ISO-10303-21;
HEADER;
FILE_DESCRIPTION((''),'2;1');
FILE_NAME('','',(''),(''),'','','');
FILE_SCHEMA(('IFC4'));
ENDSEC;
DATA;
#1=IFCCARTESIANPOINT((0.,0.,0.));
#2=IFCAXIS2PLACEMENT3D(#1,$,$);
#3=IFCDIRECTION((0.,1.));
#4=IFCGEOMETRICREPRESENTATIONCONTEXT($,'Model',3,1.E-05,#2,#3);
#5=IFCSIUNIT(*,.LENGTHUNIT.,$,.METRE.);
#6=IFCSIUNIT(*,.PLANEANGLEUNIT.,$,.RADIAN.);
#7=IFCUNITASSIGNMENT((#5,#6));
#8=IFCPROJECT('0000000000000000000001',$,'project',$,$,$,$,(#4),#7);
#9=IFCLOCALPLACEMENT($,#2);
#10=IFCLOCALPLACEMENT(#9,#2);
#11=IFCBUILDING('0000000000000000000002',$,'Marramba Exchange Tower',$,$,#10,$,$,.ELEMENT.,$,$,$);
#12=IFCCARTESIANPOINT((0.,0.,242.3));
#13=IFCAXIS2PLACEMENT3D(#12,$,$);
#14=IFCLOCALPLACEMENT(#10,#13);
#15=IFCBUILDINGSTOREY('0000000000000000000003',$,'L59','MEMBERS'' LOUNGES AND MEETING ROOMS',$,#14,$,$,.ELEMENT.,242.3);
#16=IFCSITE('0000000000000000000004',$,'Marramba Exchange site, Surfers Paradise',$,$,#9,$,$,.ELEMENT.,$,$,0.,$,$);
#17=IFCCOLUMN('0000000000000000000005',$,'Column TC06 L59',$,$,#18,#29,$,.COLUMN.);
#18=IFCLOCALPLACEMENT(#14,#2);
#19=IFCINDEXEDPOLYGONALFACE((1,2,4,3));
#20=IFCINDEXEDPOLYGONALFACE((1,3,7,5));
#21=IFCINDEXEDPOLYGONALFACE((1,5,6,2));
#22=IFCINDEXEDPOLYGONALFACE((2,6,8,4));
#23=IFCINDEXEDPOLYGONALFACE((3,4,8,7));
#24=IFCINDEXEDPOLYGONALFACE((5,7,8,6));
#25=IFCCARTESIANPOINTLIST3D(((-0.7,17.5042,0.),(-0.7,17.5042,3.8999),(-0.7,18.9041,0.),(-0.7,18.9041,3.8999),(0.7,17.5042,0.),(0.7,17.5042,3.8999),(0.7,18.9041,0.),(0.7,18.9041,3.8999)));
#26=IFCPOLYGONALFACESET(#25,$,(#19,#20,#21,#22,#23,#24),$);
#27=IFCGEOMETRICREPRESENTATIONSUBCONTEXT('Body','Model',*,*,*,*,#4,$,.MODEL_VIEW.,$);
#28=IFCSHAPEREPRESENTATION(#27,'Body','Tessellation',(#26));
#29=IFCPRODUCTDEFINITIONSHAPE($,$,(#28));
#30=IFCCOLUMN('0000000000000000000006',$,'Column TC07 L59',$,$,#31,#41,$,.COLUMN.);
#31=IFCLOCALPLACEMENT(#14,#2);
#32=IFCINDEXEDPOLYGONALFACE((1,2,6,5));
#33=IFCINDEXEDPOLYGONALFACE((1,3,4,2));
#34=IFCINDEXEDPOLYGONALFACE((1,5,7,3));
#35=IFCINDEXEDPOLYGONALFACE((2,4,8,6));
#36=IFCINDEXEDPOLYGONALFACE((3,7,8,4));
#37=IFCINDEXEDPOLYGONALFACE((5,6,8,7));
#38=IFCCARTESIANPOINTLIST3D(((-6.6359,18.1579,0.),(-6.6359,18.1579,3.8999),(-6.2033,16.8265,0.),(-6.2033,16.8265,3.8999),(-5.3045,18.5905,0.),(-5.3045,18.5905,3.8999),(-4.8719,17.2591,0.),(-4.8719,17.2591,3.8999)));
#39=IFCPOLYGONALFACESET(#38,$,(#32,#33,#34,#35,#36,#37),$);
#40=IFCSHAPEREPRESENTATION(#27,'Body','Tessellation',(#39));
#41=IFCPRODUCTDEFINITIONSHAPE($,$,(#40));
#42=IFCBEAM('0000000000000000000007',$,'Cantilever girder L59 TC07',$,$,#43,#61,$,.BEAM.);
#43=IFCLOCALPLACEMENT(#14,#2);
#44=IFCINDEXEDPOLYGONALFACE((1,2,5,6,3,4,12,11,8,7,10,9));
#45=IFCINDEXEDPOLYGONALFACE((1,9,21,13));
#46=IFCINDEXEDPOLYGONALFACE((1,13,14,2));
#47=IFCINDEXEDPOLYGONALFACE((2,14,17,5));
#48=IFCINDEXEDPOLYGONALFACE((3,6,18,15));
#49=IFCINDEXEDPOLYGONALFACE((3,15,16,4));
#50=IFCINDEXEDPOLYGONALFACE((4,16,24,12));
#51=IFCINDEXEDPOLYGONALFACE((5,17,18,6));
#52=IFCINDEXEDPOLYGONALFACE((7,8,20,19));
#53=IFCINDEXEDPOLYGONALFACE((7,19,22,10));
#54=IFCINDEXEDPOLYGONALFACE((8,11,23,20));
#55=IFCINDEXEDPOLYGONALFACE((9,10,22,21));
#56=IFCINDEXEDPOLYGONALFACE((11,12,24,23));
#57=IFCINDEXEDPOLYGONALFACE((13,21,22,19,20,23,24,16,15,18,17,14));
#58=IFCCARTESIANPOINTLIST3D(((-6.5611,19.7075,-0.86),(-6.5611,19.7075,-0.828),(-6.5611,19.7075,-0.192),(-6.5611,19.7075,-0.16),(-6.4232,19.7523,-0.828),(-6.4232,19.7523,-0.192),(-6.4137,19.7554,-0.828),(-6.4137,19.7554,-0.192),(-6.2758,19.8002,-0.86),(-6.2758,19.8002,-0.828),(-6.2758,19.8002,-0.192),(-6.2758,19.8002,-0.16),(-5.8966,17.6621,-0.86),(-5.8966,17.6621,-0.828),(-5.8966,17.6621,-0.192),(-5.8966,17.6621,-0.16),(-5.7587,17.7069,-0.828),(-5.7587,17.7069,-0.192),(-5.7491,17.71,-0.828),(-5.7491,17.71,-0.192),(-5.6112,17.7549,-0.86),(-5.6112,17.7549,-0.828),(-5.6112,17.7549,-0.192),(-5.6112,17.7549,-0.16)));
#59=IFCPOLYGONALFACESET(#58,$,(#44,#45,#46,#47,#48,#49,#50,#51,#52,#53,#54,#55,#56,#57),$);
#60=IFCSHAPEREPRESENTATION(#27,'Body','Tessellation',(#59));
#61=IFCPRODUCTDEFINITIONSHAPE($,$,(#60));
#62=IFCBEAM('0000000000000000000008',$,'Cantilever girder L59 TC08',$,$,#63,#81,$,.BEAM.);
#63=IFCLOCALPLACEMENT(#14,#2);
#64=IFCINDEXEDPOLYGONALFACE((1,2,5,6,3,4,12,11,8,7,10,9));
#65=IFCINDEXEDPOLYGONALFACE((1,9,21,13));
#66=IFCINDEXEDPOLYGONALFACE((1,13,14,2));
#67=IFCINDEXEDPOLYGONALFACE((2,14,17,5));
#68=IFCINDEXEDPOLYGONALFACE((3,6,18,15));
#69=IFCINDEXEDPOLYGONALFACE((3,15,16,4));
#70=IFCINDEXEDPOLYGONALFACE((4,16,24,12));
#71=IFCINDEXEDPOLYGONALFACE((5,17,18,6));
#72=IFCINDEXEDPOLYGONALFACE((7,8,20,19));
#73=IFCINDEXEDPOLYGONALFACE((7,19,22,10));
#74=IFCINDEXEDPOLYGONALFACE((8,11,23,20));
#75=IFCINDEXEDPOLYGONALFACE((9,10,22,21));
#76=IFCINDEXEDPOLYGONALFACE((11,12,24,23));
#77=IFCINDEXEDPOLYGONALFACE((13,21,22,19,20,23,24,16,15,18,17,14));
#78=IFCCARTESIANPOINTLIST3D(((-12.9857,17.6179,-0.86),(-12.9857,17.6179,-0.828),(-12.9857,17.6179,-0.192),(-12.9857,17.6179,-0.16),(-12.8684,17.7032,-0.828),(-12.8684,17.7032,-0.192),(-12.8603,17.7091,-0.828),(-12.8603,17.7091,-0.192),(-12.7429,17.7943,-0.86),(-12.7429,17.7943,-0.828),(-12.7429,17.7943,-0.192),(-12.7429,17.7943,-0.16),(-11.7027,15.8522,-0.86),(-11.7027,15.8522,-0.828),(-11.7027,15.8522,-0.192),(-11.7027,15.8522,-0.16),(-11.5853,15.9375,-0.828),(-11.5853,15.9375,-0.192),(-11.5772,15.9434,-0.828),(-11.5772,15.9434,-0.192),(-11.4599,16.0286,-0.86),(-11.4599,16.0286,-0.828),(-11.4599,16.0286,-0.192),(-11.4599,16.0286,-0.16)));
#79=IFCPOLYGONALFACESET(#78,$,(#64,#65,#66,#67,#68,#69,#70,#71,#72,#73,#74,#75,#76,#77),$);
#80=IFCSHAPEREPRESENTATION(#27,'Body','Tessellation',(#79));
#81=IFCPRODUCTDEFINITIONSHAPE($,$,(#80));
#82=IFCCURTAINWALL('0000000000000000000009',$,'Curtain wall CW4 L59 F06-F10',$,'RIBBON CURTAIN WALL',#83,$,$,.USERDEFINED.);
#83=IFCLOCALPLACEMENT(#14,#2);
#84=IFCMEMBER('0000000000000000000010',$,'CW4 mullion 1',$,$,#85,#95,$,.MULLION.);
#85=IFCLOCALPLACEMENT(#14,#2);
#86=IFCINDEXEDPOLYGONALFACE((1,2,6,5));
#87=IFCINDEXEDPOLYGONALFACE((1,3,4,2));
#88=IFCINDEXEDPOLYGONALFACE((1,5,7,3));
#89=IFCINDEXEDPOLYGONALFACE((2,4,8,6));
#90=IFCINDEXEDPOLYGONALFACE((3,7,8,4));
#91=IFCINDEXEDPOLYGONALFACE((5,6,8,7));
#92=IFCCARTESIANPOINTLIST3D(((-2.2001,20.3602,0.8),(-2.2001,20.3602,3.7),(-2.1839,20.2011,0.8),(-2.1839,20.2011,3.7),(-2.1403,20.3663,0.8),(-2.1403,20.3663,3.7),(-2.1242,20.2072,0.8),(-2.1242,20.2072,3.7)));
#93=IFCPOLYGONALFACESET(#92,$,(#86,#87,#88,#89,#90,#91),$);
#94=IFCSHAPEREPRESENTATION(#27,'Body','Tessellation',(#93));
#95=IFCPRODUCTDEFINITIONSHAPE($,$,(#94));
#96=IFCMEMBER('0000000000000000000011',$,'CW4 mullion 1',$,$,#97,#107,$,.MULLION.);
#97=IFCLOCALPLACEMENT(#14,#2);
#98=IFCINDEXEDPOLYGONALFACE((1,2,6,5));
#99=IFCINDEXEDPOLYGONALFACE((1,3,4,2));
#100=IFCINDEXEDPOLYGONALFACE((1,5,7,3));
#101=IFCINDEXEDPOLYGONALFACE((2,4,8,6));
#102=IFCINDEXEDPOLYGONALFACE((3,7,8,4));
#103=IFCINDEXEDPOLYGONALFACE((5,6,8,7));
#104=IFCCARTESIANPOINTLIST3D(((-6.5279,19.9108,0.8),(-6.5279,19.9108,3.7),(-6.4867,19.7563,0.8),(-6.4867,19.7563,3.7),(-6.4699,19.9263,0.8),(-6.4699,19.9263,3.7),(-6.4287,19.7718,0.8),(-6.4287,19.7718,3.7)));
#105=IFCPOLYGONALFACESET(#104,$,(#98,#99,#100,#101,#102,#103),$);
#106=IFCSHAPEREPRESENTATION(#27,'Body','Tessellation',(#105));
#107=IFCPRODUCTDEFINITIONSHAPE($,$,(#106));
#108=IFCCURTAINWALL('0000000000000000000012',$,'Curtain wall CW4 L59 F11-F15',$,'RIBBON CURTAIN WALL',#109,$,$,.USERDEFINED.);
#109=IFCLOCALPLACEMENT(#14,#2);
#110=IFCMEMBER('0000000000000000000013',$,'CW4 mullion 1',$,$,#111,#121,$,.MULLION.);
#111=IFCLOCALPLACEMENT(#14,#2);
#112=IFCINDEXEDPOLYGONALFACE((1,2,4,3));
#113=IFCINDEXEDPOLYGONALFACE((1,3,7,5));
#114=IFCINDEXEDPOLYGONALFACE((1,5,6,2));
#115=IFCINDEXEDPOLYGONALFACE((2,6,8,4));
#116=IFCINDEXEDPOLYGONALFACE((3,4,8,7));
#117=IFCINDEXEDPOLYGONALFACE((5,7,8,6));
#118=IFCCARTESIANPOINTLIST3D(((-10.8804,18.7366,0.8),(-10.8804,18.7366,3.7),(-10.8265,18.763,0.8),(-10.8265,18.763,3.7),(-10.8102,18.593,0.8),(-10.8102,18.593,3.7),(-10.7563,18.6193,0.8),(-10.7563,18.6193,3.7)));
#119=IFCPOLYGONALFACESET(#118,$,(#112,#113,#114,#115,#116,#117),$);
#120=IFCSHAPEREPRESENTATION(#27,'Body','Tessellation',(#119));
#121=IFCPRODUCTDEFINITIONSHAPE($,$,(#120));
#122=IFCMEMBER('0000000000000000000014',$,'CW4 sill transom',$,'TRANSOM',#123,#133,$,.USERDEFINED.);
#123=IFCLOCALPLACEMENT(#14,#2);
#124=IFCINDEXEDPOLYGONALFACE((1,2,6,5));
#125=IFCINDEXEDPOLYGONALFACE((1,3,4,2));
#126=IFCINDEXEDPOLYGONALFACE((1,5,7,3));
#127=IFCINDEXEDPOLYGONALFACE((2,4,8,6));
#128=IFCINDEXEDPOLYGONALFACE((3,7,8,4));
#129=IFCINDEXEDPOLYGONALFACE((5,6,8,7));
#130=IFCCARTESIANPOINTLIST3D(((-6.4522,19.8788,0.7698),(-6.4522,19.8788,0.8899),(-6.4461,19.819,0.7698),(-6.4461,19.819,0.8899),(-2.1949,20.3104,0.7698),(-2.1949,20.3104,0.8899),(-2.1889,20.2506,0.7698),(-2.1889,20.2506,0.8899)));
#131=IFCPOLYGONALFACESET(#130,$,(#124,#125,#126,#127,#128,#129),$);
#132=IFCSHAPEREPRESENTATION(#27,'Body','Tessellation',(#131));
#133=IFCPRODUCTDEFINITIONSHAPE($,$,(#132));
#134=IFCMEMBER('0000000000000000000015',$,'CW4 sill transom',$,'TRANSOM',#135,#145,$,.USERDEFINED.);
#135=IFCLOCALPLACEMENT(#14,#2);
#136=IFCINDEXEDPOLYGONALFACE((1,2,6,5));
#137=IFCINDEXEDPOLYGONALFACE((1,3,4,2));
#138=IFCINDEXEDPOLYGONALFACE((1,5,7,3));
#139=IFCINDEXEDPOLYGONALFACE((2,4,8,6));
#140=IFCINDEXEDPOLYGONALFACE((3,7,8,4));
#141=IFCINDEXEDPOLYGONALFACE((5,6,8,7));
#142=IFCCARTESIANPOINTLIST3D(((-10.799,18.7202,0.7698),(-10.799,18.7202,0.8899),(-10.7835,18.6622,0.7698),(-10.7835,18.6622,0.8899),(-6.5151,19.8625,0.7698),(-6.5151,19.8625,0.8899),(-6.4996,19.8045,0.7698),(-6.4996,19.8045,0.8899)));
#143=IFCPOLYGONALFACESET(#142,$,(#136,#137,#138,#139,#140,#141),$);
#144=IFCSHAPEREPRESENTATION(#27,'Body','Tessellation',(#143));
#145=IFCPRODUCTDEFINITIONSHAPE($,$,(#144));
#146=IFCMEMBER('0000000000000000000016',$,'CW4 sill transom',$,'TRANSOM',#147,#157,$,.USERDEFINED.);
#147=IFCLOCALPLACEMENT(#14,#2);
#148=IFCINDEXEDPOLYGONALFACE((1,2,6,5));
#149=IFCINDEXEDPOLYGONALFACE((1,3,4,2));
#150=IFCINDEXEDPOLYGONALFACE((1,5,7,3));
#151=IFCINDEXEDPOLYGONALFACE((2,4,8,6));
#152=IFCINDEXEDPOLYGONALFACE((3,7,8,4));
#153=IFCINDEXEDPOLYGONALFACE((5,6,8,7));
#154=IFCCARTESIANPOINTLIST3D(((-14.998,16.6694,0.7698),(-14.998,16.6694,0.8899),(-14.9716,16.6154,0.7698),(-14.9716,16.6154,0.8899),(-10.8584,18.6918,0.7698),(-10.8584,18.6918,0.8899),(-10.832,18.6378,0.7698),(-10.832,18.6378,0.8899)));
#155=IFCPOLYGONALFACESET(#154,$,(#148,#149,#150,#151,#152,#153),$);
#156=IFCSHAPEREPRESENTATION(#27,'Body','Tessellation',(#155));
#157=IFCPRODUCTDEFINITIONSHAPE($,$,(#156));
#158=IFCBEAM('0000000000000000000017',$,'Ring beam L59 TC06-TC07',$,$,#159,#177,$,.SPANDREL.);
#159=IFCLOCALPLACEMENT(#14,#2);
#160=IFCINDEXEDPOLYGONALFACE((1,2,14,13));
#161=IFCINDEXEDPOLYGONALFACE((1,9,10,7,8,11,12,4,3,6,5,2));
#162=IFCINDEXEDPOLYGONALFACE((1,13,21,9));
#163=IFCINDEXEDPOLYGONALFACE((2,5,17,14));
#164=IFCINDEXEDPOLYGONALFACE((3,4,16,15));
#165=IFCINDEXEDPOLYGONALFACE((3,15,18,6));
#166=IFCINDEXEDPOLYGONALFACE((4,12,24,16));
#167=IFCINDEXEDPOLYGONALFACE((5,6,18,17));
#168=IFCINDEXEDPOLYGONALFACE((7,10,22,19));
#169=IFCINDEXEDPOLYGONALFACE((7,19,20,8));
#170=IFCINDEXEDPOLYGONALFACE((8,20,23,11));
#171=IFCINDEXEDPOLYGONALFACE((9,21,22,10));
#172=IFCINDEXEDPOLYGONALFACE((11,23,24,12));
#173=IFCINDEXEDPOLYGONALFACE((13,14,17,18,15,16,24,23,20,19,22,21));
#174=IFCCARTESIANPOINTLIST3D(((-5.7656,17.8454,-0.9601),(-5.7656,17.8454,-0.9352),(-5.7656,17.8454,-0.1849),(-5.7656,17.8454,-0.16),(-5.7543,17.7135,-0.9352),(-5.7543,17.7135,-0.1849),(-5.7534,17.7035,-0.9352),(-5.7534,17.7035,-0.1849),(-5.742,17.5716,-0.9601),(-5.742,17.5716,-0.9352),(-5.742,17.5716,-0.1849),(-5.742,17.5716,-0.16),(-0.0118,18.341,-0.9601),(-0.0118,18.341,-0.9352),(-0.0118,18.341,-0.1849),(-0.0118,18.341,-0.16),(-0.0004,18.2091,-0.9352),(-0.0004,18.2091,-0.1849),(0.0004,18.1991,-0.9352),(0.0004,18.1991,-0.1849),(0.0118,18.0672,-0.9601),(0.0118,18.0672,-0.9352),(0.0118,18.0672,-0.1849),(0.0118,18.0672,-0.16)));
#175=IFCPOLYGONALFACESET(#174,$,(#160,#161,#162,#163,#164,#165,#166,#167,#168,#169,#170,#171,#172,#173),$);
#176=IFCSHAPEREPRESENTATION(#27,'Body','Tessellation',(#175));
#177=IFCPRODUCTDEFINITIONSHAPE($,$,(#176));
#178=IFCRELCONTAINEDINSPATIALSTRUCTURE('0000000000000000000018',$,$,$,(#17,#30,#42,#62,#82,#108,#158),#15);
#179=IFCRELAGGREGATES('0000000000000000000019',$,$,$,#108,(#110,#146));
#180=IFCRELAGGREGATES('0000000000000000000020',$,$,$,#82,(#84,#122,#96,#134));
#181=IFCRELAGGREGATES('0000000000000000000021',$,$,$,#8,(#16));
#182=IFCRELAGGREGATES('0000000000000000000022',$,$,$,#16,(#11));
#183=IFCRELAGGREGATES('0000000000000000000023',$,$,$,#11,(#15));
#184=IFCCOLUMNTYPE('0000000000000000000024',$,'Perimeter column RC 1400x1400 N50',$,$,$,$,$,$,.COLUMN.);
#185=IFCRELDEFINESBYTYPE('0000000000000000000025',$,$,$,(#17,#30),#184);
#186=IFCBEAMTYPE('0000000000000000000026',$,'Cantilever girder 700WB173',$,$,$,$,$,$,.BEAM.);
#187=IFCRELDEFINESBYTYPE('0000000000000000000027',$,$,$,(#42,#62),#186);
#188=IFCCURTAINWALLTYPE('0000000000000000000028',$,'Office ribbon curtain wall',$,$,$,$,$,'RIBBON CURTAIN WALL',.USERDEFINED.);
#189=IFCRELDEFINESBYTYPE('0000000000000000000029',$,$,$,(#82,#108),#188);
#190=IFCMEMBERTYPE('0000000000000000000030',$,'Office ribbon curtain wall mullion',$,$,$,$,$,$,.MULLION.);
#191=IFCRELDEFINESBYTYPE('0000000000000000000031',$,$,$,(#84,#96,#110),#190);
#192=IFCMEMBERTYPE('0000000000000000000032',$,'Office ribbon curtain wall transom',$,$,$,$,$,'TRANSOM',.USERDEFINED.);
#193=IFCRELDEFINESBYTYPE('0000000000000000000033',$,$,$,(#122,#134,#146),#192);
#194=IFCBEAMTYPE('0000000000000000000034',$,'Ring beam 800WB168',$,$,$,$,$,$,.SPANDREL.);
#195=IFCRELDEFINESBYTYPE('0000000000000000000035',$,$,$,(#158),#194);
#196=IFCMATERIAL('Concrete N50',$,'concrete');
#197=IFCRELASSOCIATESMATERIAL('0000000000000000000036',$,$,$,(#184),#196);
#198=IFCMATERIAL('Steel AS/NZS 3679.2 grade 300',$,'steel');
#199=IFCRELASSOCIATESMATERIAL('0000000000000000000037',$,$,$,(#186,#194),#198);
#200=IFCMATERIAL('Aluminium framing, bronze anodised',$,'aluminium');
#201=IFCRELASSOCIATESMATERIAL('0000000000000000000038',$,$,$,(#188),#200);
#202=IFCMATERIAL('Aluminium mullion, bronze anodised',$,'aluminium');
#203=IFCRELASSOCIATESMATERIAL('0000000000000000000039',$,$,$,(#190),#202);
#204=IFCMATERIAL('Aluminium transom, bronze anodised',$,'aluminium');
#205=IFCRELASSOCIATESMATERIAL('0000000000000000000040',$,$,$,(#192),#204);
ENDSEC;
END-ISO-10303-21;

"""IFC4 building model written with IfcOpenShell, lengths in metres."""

from ifc_helpers import new_model, si_unit, direction, frame, origin, origin_2d, place, context, subcontext, project, spatial, rectangle, i_section, extrude, material, material_profile, profile_set, type_object, element, aggregate, save


model = new_model("IFC4")

# Units and contexts
model_context = context("Model", 3, precision=1e-05, world=origin(), true_north=direction((0.0, 1.0)))
body_context = subcontext(model_context, "Body", "Model", "MODEL_VIEW")
ifc_project = project(units=[si_unit("LENGTHUNIT", "METRE"), si_unit("PLANEANGLEUNIT", "RADIAN")], contexts=[model_context])

# Site, building, storey
site_placement = place(None, origin())
site = spatial("IfcSite", under=ifc_project, at=site_placement, Name="Marramba Exchange site, Surfers Paradise", CompositionType="ELEMENT", RefElevation=0.0)
building_placement = place(site_placement, origin())
building = spatial("IfcBuilding", under=site, at=building_placement, Name="Marramba Exchange Tower", CompositionType="ELEMENT")
storey_placement = place(building_placement, frame((0.0, 0.0, 242.3)))
storey = spatial("IfcBuildingStorey", under=building, at=storey_placement, Name="L59", Description="MEMBERS' LOUNGES AND MEETING ROOMS", CompositionType="ELEMENT", Elevation=242.3)

# Columns
ifc_material_1 = material(Name="Concrete N50", Category="concrete")
ifc_material_profile_1 = material_profile(ifc_material_1, rectangle(XDim=1.3999, YDim=1.3999, at=origin_2d()), Name="RC 1400x1400")
ifc_profile_set_1 = profile_set([ifc_material_profile_1], Name="Concrete N50")
column_type = type_object("IfcColumnType", Name="Perimeter column RC 1400x1400 N50", PredefinedType="COLUMN", material=ifc_profile_set_1)
for number, where, z_axis, x_axis, name in (
    (1, (0.0, 18.2041, 0.0), (0.0, 0.0, 1.0), (0.0, 1.0, 0.0), "Column TC06 L59"),
    (2, (-5.7539, 17.7085, 0.0), (0.0, 0.0, 1.0), (-0.309017, 0.951057, 0.0), "Column TC07 L59"),
):
    element("IfcColumn", number, at=place(storey_placement, frame(where, z_axis=z_axis, x_axis=x_axis)), inside=storey, type_object=column_type, Name=name, PredefinedType="COLUMN", context=body_context, shape_type="SweptSolid", body=[
        extrude(rectangle(XDim=1.3999, YDim=1.3999, at=origin_2d()), origin(), (0.0, 0.0, 1.0), 3.8999),
    ])

# Beams
ifc_material_2 = material(Name="Steel AS/NZS 3679.2 grade 300", Category="steel")
ifc_material_profile_2 = material_profile(ifc_material_2, i_section(OverallWidth=0.3, OverallDepth=0.7, WebThickness=0.01, FlangeThickness=0.032, at=origin_2d()), Name="700WB173")
ifc_profile_set_2 = profile_set([ifc_material_profile_2], Name="Steel AS/NZS 3679.2 grade 300")
beam_type_1 = type_object("IfcBeamType", Name="Cantilever girder 700WB173", PredefinedType="BEAM", material=ifc_profile_set_2)
beam_1_placement = place(storey_placement, frame((-5.7539, 17.7085, -0.51), z_axis=(-0.308999, 0.951062, 0.0), x_axis=(-0.951062, -0.308999, 0.0)))
element("IfcBeam", 3, at=beam_1_placement, inside=storey, type_object=beam_type_1, Name="Cantilever girder L59 TC07", PredefinedType="BEAM", context=body_context, shape_type="SweptSolid", body=[
    extrude(i_section(OverallWidth=0.3, OverallDepth=0.7, WebThickness=0.01, FlangeThickness=0.032, at=origin_2d()), origin(), (0.0, 0.0, 1.0), 2.1506),
])
beam_2_placement = place(storey_placement, frame((-11.5813, 15.9404, -0.51), z_axis=(-0.587832, 0.808983, 0.0), x_axis=(-0.808983, -0.587832, 0.0)))
element("IfcBeam", 4, at=beam_2_placement, inside=storey, type_object=beam_type_1, Name="Cantilever girder L59 TC08", PredefinedType="BEAM", context=body_context, shape_type="SweptSolid", body=[
    extrude(i_section(OverallWidth=0.3, OverallDepth=0.7, WebThickness=0.01, FlangeThickness=0.032, at=origin_2d()), origin(), (0.0, 0.0, 1.0), 2.1826),
])

# Curtain wall, members
ifc_material_3 = material(Name="Aluminium framing, bronze anodised", Category="aluminium")
curtain_wall_type = type_object("IfcCurtainWallType", Name="Office ribbon curtain wall", ElementType="RIBBON CURTAIN WALL", PredefinedType="USERDEFINED", material=ifc_material_3)
curtain_wall_1_placement = place(storey_placement, origin())
curtain_wall_1 = element("IfcCurtainWall", 5, at=curtain_wall_1_placement, inside=storey, type_object=curtain_wall_type, Name="Curtain wall CW4 L59 F06-F10", ObjectType="RIBBON CURTAIN WALL", PredefinedType="USERDEFINED")
ifc_material_4 = material(Name="Aluminium mullion, bronze anodised", Category="aluminium")
ifc_material_profile_3 = material_profile(ifc_material_4, rectangle(XDim=0.1599, YDim=0.0601, at=origin_2d()), Name="CW4 mullion 60x160")
ifc_profile_set_3 = profile_set([ifc_material_profile_3], Name="Aluminium mullion, bronze anodised")
member_type_1 = type_object("IfcMemberType", Name="Office ribbon curtain wall mullion", PredefinedType="MULLION", material=ifc_profile_set_3)
member_1_placement = place(storey_placement, frame((-2.1621, 20.2837, 0.8), z_axis=(0.0, 0.0, 1.0), x_axis=(0.100863, -0.9949, 0.0)))
member_1 = element("IfcMember", 6, at=member_1_placement, type_object=member_type_1, Name="CW4 mullion 1", PredefinedType="MULLION", context=body_context, shape_type="SweptSolid", body=[
    extrude(rectangle(XDim=0.1599, YDim=0.0601, at=origin_2d()), origin(), (0.0, 0.0, 1.0), 2.8999),
])
member_2_placement = place(storey_placement, frame((-6.4783, 19.8413, 0.8), z_axis=(0.0, 0.0, 1.0), x_axis=(0.257641, -0.966241, 0.0)))
member_2 = element("IfcMember", 7, at=member_2_placement, type_object=member_type_1, Name="CW4 mullion 1", PredefinedType="MULLION", context=body_context, shape_type="SweptSolid", body=[
    extrude(rectangle(XDim=0.1599, YDim=0.0601, at=origin_2d()), origin(), (0.0, 0.0, 1.0), 2.8999),
])

# Curtain wall, member
curtain_wall_2_placement = place(storey_placement, origin())
curtain_wall_2 = element("IfcCurtainWall", 8, at=curtain_wall_2_placement, inside=storey, type_object=curtain_wall_type, Name="Curtain wall CW4 L59 F11-F15", ObjectType="RIBBON CURTAIN WALL", PredefinedType="USERDEFINED")
member_3_placement = place(storey_placement, frame((-10.8184, 18.678, 0.8), z_axis=(0.0, 0.0, 1.0), x_axis=(0.438972, -0.898501, 0.0)))
member_3 = element("IfcMember", 9, at=member_3_placement, type_object=member_type_1, Name="CW4 mullion 1", PredefinedType="MULLION", context=body_context, shape_type="SweptSolid", body=[
    extrude(rectangle(XDim=0.1599, YDim=0.0601, at=origin_2d()), origin(), (0.0, 0.0, 1.0), 2.8999),
])

# Members
ifc_material_5 = material(Name="Aluminium transom, bronze anodised", Category="aluminium")
ifc_material_profile_4 = material_profile(ifc_material_5, rectangle(XDim=0.0601, YDim=0.1201, at=origin_2d()), Name="CW4 transom 60x120")
ifc_profile_set_4 = profile_set([ifc_material_profile_4], Name="Aluminium transom, bronze anodised")
member_type_2 = type_object("IfcMemberType", Name="Office ribbon curtain wall transom", ElementType="TRANSOM", PredefinedType="USERDEFINED", material=ifc_profile_set_4)
member_4_placement = place(storey_placement, frame((-2.1919, 20.2805, 0.8298), z_axis=(-0.9949, -0.100871, 0.0), x_axis=(0.100871, -0.9949, 0.0)))
member_4 = element("IfcMember", 10, at=member_4_placement, type_object=member_type_2, Name="CW4 sill transom", ObjectType="TRANSOM", PredefinedType="USERDEFINED", context=body_context, shape_type="SweptSolid", body=[
    extrude(rectangle(XDim=0.0601, YDim=0.1201, at=origin_2d()), origin(), (0.0, 0.0, 1.0), 4.2791),
])
member_5_placement = place(storey_placement, frame((-6.5073, 19.8335, 0.8298), z_axis=(-0.966238, -0.257652, 0.0), x_axis=(0.257652, -0.966238, 0.0)))
member_5 = element("IfcMember", 11, at=member_5_placement, type_object=member_type_2, Name="CW4 sill transom", ObjectType="TRANSOM", PredefinedType="USERDEFINED", context=body_context, shape_type="SweptSolid", body=[
    extrude(rectangle(XDim=0.0601, YDim=0.1201, at=origin_2d()), origin(), (0.0, 0.0, 1.0), 4.4336),
])
member_6_placement = place(storey_placement, frame((-10.8452, 18.6648, 0.8298), z_axis=(-0.898501, -0.438971, 0.0), x_axis=(0.438971, -0.898501, 0.0)))
member_6 = element("IfcMember", 12, at=member_6_placement, type_object=member_type_2, Name="CW4 sill transom", ObjectType="TRANSOM", PredefinedType="USERDEFINED", context=body_context, shape_type="SweptSolid", body=[
    extrude(rectangle(XDim=0.0601, YDim=0.1201, at=origin_2d()), origin(), (0.0, 0.0, 1.0), 4.6072),
])
aggregate(curtain_wall_2, [member_3, member_6])

# Beam
ifc_material_profile_5 = material_profile(ifc_material_2, i_section(OverallWidth=0.2749, OverallDepth=0.8, WebThickness=0.01, FlangeThickness=0.0249, at=origin_2d()), Name="800WB168")
ifc_profile_set_5 = profile_set([ifc_material_profile_5], Name="Steel AS/NZS 3679.2 grade 300")
beam_type_2 = type_object("IfcBeamType", Name="Ring beam 800WB168", PredefinedType="SPANDREL", material=ifc_profile_set_5)
beam_3_placement = place(storey_placement, frame((0.0, 18.2041, -0.5601), z_axis=(-0.996311, -0.085816, 0.0), x_axis=(0.085816, -0.996311, 0.0)))
element("IfcBeam", 13, at=beam_3_placement, inside=storey, type_object=beam_type_2, Name="Ring beam L59 TC06-TC07", PredefinedType="SPANDREL", context=body_context, shape_type="SweptSolid", body=[
    extrude(i_section(OverallWidth=0.2749, OverallDepth=0.8, WebThickness=0.01, FlangeThickness=0.0249, at=origin_2d()), origin(), (0.0, 0.0, 1.0), 5.7751),
])

aggregate(curtain_wall_1, [member_1, member_4, member_2, member_5])

save(model, "model.ifc")
